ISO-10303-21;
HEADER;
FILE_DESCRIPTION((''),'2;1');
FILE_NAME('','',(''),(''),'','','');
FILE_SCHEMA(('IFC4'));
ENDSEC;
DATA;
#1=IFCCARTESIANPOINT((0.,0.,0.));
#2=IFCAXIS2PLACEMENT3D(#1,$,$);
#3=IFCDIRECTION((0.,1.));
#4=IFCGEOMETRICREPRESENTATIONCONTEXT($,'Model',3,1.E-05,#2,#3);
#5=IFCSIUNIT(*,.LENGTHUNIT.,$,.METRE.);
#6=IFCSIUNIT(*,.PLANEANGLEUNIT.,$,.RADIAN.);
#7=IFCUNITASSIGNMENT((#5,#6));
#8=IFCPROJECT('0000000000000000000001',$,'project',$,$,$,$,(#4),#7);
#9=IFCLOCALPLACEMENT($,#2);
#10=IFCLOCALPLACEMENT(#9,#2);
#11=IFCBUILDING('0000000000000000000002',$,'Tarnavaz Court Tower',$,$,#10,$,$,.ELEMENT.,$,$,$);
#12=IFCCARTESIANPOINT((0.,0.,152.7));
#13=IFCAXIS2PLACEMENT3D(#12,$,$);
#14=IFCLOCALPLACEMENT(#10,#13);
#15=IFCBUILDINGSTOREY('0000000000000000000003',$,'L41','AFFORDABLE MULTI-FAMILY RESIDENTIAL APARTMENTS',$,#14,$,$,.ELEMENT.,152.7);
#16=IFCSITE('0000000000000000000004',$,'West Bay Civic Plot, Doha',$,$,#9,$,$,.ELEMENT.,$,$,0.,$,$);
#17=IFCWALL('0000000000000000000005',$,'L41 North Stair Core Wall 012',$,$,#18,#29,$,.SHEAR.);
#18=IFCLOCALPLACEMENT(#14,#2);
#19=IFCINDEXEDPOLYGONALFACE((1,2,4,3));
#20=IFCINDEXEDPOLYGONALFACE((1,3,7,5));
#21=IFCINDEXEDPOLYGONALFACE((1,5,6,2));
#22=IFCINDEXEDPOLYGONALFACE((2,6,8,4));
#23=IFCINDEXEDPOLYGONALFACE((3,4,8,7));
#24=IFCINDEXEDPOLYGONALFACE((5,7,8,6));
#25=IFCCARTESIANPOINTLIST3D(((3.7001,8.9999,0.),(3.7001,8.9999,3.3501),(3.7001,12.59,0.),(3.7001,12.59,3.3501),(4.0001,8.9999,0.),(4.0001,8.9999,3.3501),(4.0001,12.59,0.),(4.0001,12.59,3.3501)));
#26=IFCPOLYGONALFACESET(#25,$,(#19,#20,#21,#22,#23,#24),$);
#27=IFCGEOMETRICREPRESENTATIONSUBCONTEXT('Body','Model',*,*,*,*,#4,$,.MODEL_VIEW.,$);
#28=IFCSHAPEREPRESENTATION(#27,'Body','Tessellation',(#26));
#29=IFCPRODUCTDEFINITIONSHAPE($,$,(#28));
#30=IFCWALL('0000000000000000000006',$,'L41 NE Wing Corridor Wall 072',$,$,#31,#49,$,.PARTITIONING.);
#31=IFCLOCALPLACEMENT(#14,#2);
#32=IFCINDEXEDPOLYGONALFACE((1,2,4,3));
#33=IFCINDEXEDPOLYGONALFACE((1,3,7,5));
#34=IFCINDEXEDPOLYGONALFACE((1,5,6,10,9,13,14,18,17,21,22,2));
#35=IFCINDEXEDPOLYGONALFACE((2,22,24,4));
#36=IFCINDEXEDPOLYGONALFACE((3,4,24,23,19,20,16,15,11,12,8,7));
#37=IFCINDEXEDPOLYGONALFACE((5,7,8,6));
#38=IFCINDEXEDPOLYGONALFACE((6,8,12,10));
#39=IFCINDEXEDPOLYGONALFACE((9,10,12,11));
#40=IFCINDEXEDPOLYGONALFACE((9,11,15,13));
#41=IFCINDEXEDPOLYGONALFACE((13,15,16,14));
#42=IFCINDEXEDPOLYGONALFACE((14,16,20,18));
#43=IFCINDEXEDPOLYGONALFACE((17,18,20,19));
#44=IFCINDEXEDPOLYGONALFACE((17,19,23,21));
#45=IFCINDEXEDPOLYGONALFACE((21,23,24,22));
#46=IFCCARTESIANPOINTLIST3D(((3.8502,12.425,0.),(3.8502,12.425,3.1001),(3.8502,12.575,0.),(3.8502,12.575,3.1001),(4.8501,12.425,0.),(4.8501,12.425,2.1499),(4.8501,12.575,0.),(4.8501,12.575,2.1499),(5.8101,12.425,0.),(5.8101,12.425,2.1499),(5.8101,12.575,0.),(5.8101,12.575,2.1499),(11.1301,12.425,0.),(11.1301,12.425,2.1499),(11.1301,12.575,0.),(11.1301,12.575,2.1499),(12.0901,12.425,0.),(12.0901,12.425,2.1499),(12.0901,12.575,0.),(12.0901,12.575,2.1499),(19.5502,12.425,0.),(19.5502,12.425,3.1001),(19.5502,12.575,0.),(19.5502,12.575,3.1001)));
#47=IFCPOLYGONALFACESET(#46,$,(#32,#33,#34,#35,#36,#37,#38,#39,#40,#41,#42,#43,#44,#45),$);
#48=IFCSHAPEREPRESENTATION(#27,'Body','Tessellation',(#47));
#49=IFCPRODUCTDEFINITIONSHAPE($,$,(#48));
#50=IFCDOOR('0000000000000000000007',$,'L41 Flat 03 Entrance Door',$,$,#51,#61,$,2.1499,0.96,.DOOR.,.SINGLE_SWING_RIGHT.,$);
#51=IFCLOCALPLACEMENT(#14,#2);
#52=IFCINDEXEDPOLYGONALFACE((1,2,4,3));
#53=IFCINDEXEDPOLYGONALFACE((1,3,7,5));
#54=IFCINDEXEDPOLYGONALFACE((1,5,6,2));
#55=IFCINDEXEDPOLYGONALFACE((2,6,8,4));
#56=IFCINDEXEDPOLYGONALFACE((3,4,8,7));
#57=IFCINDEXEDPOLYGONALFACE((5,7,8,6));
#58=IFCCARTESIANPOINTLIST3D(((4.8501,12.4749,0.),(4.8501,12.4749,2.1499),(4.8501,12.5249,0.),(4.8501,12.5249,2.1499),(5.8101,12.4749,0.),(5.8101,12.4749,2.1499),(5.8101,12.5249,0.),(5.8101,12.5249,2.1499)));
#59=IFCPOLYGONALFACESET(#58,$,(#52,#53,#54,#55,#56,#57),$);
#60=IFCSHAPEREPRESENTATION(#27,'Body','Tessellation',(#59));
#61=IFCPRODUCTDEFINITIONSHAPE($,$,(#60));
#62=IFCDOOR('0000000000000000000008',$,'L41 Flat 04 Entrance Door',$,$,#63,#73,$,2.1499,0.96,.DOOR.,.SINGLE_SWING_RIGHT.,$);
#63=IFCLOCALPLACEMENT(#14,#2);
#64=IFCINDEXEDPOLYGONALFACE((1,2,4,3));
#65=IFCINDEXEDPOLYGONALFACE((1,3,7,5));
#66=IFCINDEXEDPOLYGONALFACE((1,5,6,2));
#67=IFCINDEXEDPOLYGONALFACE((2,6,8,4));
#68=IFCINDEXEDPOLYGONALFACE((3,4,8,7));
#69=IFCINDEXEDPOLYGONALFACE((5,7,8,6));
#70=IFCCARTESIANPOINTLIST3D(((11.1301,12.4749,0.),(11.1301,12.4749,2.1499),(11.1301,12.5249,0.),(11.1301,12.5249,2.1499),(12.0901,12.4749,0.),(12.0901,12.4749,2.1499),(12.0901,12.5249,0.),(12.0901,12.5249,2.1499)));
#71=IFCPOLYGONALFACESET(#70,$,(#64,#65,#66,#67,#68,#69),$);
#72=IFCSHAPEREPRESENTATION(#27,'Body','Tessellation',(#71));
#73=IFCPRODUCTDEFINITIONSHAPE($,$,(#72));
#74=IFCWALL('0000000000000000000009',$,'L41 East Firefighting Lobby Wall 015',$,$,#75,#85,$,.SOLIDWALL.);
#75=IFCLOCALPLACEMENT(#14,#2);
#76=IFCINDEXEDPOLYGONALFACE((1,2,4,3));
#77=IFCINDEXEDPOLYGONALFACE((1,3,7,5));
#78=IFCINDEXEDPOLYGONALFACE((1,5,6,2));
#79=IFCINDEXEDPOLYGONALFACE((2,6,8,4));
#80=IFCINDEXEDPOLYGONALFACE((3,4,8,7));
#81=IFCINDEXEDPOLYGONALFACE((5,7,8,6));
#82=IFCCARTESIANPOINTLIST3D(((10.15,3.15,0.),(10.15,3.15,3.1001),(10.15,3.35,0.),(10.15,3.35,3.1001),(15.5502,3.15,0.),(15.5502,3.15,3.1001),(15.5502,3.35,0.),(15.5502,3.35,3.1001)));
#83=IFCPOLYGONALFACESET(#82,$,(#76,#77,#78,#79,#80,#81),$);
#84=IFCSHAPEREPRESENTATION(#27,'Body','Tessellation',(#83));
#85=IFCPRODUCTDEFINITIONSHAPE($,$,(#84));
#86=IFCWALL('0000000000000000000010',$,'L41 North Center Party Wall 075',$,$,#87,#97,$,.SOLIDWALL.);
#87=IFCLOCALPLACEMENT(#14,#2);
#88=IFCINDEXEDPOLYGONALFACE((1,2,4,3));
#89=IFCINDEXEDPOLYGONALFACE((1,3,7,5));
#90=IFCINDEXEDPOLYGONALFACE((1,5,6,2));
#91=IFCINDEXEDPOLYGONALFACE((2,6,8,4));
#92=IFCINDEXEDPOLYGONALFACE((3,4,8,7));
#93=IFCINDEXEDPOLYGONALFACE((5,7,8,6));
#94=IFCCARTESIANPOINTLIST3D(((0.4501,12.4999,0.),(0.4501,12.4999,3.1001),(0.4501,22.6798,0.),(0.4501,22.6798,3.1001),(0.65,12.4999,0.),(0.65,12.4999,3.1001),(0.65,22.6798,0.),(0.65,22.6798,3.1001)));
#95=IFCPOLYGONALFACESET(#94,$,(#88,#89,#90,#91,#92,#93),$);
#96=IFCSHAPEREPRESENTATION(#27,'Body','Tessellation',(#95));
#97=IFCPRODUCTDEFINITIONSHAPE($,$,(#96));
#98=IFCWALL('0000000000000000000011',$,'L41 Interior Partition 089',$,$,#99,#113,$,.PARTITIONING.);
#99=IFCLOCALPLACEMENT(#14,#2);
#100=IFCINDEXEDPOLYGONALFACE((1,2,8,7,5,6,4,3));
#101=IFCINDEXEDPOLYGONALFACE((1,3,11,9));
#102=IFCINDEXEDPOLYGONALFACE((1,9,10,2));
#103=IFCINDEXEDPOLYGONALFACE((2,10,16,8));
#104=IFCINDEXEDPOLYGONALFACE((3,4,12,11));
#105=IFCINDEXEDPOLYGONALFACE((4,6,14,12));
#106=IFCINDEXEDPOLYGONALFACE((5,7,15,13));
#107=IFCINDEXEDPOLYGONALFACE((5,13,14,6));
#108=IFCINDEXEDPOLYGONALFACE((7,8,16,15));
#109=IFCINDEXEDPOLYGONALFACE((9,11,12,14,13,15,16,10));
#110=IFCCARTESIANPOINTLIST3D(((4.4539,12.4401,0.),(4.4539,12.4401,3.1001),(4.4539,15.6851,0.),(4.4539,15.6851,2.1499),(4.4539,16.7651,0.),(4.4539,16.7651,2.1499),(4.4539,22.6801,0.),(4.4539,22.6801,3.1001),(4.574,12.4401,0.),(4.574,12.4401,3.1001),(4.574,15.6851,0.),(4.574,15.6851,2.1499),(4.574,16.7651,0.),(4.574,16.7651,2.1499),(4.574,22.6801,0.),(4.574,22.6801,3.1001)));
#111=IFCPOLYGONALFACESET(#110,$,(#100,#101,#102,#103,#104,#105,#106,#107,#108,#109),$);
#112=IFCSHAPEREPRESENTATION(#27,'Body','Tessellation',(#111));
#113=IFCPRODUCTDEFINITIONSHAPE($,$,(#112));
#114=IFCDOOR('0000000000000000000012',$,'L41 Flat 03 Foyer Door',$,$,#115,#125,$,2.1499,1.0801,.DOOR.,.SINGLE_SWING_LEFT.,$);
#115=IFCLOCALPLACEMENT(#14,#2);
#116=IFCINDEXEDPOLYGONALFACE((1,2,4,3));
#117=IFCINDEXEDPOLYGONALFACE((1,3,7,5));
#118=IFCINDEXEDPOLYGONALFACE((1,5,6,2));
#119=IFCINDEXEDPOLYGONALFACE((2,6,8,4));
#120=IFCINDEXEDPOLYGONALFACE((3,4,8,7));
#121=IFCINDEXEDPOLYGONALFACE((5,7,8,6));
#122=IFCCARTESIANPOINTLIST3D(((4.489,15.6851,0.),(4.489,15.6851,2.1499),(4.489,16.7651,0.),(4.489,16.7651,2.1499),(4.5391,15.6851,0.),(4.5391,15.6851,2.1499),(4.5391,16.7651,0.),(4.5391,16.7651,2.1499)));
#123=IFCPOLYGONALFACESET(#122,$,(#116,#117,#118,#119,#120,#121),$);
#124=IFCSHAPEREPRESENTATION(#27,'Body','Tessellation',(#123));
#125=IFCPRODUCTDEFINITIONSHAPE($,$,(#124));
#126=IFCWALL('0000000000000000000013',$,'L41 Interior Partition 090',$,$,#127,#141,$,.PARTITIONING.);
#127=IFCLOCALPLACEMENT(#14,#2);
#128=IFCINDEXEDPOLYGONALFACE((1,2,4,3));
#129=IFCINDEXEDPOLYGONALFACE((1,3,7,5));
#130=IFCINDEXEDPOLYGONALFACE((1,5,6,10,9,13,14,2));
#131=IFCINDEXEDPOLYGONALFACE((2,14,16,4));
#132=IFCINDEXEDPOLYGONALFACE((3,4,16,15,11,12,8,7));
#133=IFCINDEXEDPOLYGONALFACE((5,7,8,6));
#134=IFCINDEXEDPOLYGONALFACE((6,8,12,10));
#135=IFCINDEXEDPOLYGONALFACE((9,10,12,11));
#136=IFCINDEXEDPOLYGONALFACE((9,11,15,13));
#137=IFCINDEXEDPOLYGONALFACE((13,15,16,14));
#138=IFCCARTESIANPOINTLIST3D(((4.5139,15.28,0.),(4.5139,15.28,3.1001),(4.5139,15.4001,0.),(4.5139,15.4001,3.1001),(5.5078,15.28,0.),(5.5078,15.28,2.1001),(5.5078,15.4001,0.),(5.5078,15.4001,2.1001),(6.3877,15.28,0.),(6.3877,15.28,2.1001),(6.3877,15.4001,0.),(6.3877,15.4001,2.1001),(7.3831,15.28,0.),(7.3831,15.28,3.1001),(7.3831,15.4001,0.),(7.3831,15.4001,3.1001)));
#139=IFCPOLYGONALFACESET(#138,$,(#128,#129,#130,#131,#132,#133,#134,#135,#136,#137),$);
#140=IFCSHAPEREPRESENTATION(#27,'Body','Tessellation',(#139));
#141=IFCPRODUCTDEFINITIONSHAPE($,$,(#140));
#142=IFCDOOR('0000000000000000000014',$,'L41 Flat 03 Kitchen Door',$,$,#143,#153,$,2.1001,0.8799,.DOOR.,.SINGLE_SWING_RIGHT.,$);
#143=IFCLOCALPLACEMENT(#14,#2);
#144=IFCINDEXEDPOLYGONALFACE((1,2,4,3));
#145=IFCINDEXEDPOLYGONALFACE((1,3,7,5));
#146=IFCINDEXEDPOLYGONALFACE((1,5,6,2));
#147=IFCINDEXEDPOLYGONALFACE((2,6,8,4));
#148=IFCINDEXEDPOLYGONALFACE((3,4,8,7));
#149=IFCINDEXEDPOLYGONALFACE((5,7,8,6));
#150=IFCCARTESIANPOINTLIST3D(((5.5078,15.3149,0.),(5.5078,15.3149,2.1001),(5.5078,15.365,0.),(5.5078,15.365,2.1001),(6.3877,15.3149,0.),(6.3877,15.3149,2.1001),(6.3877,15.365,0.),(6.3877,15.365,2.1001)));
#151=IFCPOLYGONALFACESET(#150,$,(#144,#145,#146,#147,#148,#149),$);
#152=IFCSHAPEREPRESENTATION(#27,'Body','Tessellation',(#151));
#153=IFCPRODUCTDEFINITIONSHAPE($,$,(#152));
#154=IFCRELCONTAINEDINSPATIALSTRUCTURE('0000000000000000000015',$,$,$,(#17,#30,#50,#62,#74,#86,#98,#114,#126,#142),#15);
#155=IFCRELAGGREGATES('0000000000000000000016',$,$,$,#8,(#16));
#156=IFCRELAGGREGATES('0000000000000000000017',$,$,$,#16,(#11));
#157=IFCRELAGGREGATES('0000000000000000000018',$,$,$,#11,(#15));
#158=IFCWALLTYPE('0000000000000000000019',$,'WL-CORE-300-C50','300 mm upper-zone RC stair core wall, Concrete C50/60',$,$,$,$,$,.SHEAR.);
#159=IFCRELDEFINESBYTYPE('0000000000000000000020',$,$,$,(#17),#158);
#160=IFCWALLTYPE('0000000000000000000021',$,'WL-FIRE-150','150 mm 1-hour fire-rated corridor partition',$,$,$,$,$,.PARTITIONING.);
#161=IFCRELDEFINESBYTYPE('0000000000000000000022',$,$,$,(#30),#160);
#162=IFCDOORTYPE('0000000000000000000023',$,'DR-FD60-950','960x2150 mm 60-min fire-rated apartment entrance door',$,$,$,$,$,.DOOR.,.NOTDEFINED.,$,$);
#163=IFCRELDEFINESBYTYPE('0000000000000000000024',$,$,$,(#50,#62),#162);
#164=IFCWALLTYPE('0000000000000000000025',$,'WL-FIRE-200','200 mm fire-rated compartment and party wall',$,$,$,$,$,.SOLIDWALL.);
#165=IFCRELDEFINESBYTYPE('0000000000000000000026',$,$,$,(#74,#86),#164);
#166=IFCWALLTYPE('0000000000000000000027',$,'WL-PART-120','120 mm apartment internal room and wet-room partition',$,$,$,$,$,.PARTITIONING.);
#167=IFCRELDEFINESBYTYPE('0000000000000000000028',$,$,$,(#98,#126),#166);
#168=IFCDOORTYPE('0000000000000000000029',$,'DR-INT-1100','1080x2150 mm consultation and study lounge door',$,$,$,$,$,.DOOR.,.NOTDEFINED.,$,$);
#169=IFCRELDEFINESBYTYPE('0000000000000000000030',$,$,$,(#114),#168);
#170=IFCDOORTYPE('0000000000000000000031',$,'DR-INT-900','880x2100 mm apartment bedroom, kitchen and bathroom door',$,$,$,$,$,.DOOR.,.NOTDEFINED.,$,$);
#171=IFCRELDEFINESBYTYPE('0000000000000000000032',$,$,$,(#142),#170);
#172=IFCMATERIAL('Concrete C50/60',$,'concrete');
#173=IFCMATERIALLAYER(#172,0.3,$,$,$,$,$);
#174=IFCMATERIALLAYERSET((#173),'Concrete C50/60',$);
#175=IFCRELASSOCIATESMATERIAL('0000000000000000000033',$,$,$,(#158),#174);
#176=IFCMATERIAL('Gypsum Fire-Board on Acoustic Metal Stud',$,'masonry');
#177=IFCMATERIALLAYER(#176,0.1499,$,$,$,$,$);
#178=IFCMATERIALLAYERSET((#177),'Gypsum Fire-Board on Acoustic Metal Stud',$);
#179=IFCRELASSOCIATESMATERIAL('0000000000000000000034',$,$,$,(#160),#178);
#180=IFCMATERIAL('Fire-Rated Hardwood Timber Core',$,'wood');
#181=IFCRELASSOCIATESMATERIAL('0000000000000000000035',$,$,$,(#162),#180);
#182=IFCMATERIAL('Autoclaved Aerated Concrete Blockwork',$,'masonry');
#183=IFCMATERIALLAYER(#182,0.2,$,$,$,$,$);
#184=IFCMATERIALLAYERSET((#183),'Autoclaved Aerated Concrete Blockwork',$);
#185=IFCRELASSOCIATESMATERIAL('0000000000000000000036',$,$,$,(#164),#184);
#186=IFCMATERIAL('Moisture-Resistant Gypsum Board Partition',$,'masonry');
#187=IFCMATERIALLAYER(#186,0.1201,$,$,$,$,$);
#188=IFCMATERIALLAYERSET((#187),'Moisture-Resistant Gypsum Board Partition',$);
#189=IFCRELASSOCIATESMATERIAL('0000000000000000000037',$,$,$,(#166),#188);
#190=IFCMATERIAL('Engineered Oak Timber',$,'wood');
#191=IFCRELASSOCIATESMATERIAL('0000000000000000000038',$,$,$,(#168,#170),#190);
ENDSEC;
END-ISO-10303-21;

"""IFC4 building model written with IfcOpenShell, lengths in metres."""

from ifc_helpers import new_model, si_unit, direction, frame, frame_2d, origin, place, context, subcontext, project, spatial, rectangle, extrude, material, layer, layer_set, type_object, element, fill, save


model = new_model("IFC4")

# Units and contexts
model_context = context("Model", 3, precision=1e-05, world=origin(), true_north=direction((0.0, 1.0)))
body_context = subcontext(model_context, "Body", "Model", "MODEL_VIEW")
ifc_project = project(units=[si_unit("LENGTHUNIT", "METRE"), si_unit("PLANEANGLEUNIT", "RADIAN")], contexts=[model_context])

# Site, building, storey
site_placement = place(None, origin())
site = spatial("IfcSite", under=ifc_project, at=site_placement, Name="West Bay Civic Plot, Doha", CompositionType="ELEMENT", RefElevation=0.0)
building_placement = place(site_placement, origin())
building = spatial("IfcBuilding", under=site, at=building_placement, Name="Tarnavaz Court Tower", CompositionType="ELEMENT")
storey_placement = place(building_placement, frame((0.0, 0.0, 152.7)))
storey = spatial("IfcBuildingStorey", under=building, at=storey_placement, Name="L41", Description="AFFORDABLE MULTI-FAMILY RESIDENTIAL APARTMENTS", CompositionType="ELEMENT", Elevation=152.7)

# Shared definitions
ifc_material_1 = material(Name="Concrete C50/60", Category="concrete")
ifc_layer_1 = layer(ifc_material_1, 0.3)
ifc_layer_set_1 = layer_set([ifc_layer_1], Name="Concrete C50/60")
wall_type_1 = type_object("IfcWallType", Name="WL-CORE-300-C50", Description="300 mm upper-zone RC stair core wall, Concrete C50/60", PredefinedType="SHEAR", material=ifc_layer_set_1)

# Shared definitions
ifc_material_2 = material(Name="Fire-Rated Hardwood Timber Core", Category="wood")

# Wall
wall_1_placement = place(storey_placement, frame((3.8501, 9.0, 0.0), z_axis=(0.0, 0.0, 1.0), x_axis=(0.0, 1.0, 0.0)))
element("IfcWall", 1, at=wall_1_placement, inside=storey, type_object=wall_type_1, Name="L41 North Stair Core Wall 012", PredefinedType="SHEAR", context=body_context, shape_type="SweptSolid", body=[
    extrude(rectangle(XDim=3.5901, YDim=0.3, at=frame_2d((1.7949, 0.0))), origin(), (0.0, 0.0, 1.0), 3.3501),
])

# Wall, openings, doors
ifc_material_3 = material(Name="Gypsum Fire-Board on Acoustic Metal Stud", Category="masonry")
ifc_layer_2 = layer(ifc_material_3, 0.1499)
ifc_layer_set_2 = layer_set([ifc_layer_2], Name="Gypsum Fire-Board on Acoustic Metal Stud")
wall_type_2 = type_object("IfcWallType", Name="WL-FIRE-150", Description="150 mm 1-hour fire-rated corridor partition", PredefinedType="PARTITIONING", material=ifc_layer_set_2)
wall_2_placement = place(storey_placement, frame((3.8501, 12.5, 0.0), z_axis=(0.0, 0.0, 1.0), x_axis=(1.0, 0.0, 0.0)))
wall_2 = element("IfcWall", 2, at=wall_2_placement, inside=storey, type_object=wall_type_2, Name="L41 NE Wing Corridor Wall 072", PredefinedType="PARTITIONING", context=body_context, shape_type="SweptSolid", body=[
    extrude(rectangle(XDim=15.7, YDim=0.1499, at=frame_2d((7.8501, 0.0))), origin(), (0.0, 0.0, 1.0), 3.1001),
])
opening_1_placement = place(wall_2_placement, frame((1.0, 0.0, 0.0)))
opening_1 = element("IfcOpeningElement", 3, at=opening_1_placement, cuts=wall_2, PredefinedType="OPENING", context=body_context, shape_type="SweptSolid", body=[
    extrude(rectangle(XDim=0.96, YDim=2.1499, at=frame_2d((0.48, 1.075))), frame((0.0, 0.085, 0.0), z_axis=(0.0, -1.0, 0.0), x_axis=(1.0, 0.0, 0.0)), (0.0, 0.0, 1.0), 0.1699),
])
opening_2_placement = place(wall_2_placement, frame((7.28, 0.0, 0.0)))
opening_2 = element("IfcOpeningElement", 4, at=opening_2_placement, cuts=wall_2, PredefinedType="OPENING", context=body_context, shape_type="SweptSolid", body=[
    extrude(rectangle(XDim=0.96, YDim=2.1499, at=frame_2d((0.48, 1.075))), frame((0.0, 0.085, 0.0), z_axis=(0.0, -1.0, 0.0), x_axis=(1.0, 0.0, 0.0)), (0.0, 0.0, 1.0), 0.1699),
])
door_type_1 = type_object("IfcDoorType", Name="DR-FD60-950", Description="960x2150 mm 60-min fire-rated apartment entrance door", OperationType="NOTDEFINED", PredefinedType="DOOR", material=ifc_material_2)
door_1_placement = place(opening_1_placement, origin())
door_1 = element("IfcDoor", 5, at=door_1_placement, inside=storey, type_object=door_type_1, Name="L41 Flat 03 Entrance Door", OperationType="SINGLE_SWING_RIGHT", OverallHeight=2.1499, OverallWidth=0.96, PredefinedType="DOOR", context=body_context, shape_type="SweptSolid", body=[
    extrude(rectangle(XDim=0.96, YDim=2.1499, at=frame_2d((0.48, 1.075))), frame((0.0, 0.0249, 0.0), z_axis=(0.0, -1.0, 0.0), x_axis=(1.0, 0.0, 0.0)), (0.0, 0.0, 1.0), 0.05),
])
fill(opening_1, door_1)
door_2_placement = place(opening_2_placement, origin())
door_2 = element("IfcDoor", 6, at=door_2_placement, inside=storey, type_object=door_type_1, Name="L41 Flat 04 Entrance Door", OperationType="SINGLE_SWING_RIGHT", OverallHeight=2.1499, OverallWidth=0.96, PredefinedType="DOOR", context=body_context, shape_type="SweptSolid", body=[
    extrude(rectangle(XDim=0.96, YDim=2.1499, at=frame_2d((0.48, 1.075))), frame((0.0, 0.0249, 0.0), z_axis=(0.0, -1.0, 0.0), x_axis=(1.0, 0.0, 0.0)), (0.0, 0.0, 1.0), 0.05),
])
fill(opening_2, door_2)

# Walls
ifc_material_4 = material(Name="Autoclaved Aerated Concrete Blockwork", Category="masonry")
ifc_layer_3 = layer(ifc_material_4, 0.2)
ifc_layer_set_3 = layer_set([ifc_layer_3], Name="Autoclaved Aerated Concrete Blockwork")
wall_type_3 = type_object("IfcWallType", Name="WL-FIRE-200", Description="200 mm fire-rated compartment and party wall", PredefinedType="SOLIDWALL", material=ifc_layer_set_3)
wall_3_placement = place(storey_placement, frame((10.1499, 3.25, 0.0), z_axis=(0.0, 0.0, 1.0), x_axis=(1.0, 0.0, 0.0)))
element("IfcWall", 7, at=wall_3_placement, inside=storey, type_object=wall_type_3, Name="L41 East Firefighting Lobby Wall 015", PredefinedType="SOLIDWALL", context=body_context, shape_type="SweptSolid", body=[
    extrude(rectangle(XDim=5.4001, YDim=0.2, at=frame_2d((2.7002, 0.0))), origin(), (0.0, 0.0, 1.0), 3.1001),
])
wall_4_placement = place(storey_placement, frame((0.55, 12.5, 0.0), z_axis=(0.0, 0.0, 1.0), x_axis=(0.0, 1.0, 0.0)))
element("IfcWall", 8, at=wall_4_placement, inside=storey, type_object=wall_type_3, Name="L41 North Center Party Wall 075", PredefinedType="SOLIDWALL", context=body_context, shape_type="SweptSolid", body=[
    extrude(rectangle(XDim=10.1799, YDim=0.2, at=frame_2d((5.0898, 0.0))), origin(), (0.0, 0.0, 1.0), 3.1001),
])

# Walls, openings, doors
ifc_material_5 = material(Name="Moisture-Resistant Gypsum Board Partition", Category="masonry")
ifc_layer_4 = layer(ifc_material_5, 0.1201)
ifc_layer_set_4 = layer_set([ifc_layer_4], Name="Moisture-Resistant Gypsum Board Partition")
wall_type_4 = type_object("IfcWallType", Name="WL-PART-120", Description="120 mm apartment internal room and wet-room partition", PredefinedType="PARTITIONING", material=ifc_layer_set_4)
wall_5_placement = place(storey_placement, frame((4.5139, 12.4399, 0.0), z_axis=(0.0, 0.0, 1.0), x_axis=(0.0, 1.0, 0.0)))
wall_5 = element("IfcWall", 9, at=wall_5_placement, inside=storey, type_object=wall_type_4, Name="L41 Interior Partition 089", PredefinedType="PARTITIONING", context=body_context, shape_type="SweptSolid", body=[
    extrude(rectangle(XDim=10.24, YDim=0.1201, at=frame_2d((5.1201, 0.0))), origin(), (0.0, 0.0, 1.0), 3.1001),
])
opening_3_placement = place(wall_5_placement, frame((3.2451, 0.0, 0.0)))
opening_3 = element("IfcOpeningElement", 10, at=opening_3_placement, cuts=wall_5, PredefinedType="OPENING", context=body_context, shape_type="SweptSolid", body=[
    extrude(rectangle(XDim=1.0801, YDim=2.1499, at=frame_2d((0.54, 1.075))), frame((0.0, 0.0701, 0.0), z_axis=(0.0, -1.0, 0.0), x_axis=(1.0, 0.0, 0.0)), (0.0, 0.0, 1.0), 0.1401),
])
ifc_material_6 = material(Name="Engineered Oak Timber", Category="wood")
door_type_2 = type_object("IfcDoorType", Name="DR-INT-1100", Description="1080x2150 mm consultation and study lounge door", OperationType="NOTDEFINED", PredefinedType="DOOR", material=ifc_material_6)
door_3_placement = place(opening_3_placement, origin())
door_3 = element("IfcDoor", 11, at=door_3_placement, inside=storey, type_object=door_type_2, Name="L41 Flat 03 Foyer Door", OperationType="SINGLE_SWING_LEFT", OverallHeight=2.1499, OverallWidth=1.0801, PredefinedType="DOOR", context=body_context, shape_type="SweptSolid", body=[
    extrude(rectangle(XDim=1.0801, YDim=2.1499, at=frame_2d((0.54, 1.075))), frame((0.0, 0.0249, 0.0), z_axis=(0.0, -1.0, 0.0), x_axis=(1.0, 0.0, 0.0)), (0.0, 0.0, 1.0), 0.05),
])
fill(opening_3, door_3)
wall_6_placement = place(storey_placement, frame((4.5139, 15.3401, 0.0), z_axis=(0.0, 0.0, 1.0), x_axis=(1.0, 0.0, 0.0)))
wall_6 = element("IfcWall", 12, at=wall_6_placement, inside=storey, type_object=wall_type_4, Name="L41 Interior Partition 090", PredefinedType="PARTITIONING", context=body_context, shape_type="SweptSolid", body=[
    extrude(rectangle(XDim=2.8691, YDim=0.1201, at=frame_2d((1.4346, 0.0))), origin(), (0.0, 0.0, 1.0), 3.1001),
])
opening_4_placement = place(wall_6_placement, frame((0.9939, 0.0, 0.0)))
opening_4 = element("IfcOpeningElement", 13, at=opening_4_placement, cuts=wall_6, PredefinedType="OPENING", context=body_context, shape_type="SweptSolid", body=[
    extrude(rectangle(XDim=0.8799, YDim=2.1001, at=frame_2d((0.4399, 1.05))), frame((0.0, 0.0701, 0.0), z_axis=(0.0, -1.0, 0.0), x_axis=(1.0, 0.0, 0.0)), (0.0, 0.0, 1.0), 0.1401),
])
door_type_3 = type_object("IfcDoorType", Name="DR-INT-900", Description="880x2100 mm apartment bedroom, kitchen and bathroom door", OperationType="NOTDEFINED", PredefinedType="DOOR", material=ifc_material_6)
door_4_placement = place(opening_4_placement, origin())
door_4 = element("IfcDoor", 14, at=door_4_placement, inside=storey, type_object=door_type_3, Name="L41 Flat 03 Kitchen Door", OperationType="SINGLE_SWING_RIGHT", OverallHeight=2.1001, OverallWidth=0.8799, PredefinedType="DOOR", context=body_context, shape_type="SweptSolid", body=[
    extrude(rectangle(XDim=0.8799, YDim=2.1001, at=frame_2d((0.4399, 1.05))), frame((0.0, 0.0249, 0.0), z_axis=(0.0, -1.0, 0.0), x_axis=(1.0, 0.0, 0.0)), (0.0, 0.0, 1.0), 0.05),
])
fill(opening_4, door_4)

save(model, "model.ifc")
